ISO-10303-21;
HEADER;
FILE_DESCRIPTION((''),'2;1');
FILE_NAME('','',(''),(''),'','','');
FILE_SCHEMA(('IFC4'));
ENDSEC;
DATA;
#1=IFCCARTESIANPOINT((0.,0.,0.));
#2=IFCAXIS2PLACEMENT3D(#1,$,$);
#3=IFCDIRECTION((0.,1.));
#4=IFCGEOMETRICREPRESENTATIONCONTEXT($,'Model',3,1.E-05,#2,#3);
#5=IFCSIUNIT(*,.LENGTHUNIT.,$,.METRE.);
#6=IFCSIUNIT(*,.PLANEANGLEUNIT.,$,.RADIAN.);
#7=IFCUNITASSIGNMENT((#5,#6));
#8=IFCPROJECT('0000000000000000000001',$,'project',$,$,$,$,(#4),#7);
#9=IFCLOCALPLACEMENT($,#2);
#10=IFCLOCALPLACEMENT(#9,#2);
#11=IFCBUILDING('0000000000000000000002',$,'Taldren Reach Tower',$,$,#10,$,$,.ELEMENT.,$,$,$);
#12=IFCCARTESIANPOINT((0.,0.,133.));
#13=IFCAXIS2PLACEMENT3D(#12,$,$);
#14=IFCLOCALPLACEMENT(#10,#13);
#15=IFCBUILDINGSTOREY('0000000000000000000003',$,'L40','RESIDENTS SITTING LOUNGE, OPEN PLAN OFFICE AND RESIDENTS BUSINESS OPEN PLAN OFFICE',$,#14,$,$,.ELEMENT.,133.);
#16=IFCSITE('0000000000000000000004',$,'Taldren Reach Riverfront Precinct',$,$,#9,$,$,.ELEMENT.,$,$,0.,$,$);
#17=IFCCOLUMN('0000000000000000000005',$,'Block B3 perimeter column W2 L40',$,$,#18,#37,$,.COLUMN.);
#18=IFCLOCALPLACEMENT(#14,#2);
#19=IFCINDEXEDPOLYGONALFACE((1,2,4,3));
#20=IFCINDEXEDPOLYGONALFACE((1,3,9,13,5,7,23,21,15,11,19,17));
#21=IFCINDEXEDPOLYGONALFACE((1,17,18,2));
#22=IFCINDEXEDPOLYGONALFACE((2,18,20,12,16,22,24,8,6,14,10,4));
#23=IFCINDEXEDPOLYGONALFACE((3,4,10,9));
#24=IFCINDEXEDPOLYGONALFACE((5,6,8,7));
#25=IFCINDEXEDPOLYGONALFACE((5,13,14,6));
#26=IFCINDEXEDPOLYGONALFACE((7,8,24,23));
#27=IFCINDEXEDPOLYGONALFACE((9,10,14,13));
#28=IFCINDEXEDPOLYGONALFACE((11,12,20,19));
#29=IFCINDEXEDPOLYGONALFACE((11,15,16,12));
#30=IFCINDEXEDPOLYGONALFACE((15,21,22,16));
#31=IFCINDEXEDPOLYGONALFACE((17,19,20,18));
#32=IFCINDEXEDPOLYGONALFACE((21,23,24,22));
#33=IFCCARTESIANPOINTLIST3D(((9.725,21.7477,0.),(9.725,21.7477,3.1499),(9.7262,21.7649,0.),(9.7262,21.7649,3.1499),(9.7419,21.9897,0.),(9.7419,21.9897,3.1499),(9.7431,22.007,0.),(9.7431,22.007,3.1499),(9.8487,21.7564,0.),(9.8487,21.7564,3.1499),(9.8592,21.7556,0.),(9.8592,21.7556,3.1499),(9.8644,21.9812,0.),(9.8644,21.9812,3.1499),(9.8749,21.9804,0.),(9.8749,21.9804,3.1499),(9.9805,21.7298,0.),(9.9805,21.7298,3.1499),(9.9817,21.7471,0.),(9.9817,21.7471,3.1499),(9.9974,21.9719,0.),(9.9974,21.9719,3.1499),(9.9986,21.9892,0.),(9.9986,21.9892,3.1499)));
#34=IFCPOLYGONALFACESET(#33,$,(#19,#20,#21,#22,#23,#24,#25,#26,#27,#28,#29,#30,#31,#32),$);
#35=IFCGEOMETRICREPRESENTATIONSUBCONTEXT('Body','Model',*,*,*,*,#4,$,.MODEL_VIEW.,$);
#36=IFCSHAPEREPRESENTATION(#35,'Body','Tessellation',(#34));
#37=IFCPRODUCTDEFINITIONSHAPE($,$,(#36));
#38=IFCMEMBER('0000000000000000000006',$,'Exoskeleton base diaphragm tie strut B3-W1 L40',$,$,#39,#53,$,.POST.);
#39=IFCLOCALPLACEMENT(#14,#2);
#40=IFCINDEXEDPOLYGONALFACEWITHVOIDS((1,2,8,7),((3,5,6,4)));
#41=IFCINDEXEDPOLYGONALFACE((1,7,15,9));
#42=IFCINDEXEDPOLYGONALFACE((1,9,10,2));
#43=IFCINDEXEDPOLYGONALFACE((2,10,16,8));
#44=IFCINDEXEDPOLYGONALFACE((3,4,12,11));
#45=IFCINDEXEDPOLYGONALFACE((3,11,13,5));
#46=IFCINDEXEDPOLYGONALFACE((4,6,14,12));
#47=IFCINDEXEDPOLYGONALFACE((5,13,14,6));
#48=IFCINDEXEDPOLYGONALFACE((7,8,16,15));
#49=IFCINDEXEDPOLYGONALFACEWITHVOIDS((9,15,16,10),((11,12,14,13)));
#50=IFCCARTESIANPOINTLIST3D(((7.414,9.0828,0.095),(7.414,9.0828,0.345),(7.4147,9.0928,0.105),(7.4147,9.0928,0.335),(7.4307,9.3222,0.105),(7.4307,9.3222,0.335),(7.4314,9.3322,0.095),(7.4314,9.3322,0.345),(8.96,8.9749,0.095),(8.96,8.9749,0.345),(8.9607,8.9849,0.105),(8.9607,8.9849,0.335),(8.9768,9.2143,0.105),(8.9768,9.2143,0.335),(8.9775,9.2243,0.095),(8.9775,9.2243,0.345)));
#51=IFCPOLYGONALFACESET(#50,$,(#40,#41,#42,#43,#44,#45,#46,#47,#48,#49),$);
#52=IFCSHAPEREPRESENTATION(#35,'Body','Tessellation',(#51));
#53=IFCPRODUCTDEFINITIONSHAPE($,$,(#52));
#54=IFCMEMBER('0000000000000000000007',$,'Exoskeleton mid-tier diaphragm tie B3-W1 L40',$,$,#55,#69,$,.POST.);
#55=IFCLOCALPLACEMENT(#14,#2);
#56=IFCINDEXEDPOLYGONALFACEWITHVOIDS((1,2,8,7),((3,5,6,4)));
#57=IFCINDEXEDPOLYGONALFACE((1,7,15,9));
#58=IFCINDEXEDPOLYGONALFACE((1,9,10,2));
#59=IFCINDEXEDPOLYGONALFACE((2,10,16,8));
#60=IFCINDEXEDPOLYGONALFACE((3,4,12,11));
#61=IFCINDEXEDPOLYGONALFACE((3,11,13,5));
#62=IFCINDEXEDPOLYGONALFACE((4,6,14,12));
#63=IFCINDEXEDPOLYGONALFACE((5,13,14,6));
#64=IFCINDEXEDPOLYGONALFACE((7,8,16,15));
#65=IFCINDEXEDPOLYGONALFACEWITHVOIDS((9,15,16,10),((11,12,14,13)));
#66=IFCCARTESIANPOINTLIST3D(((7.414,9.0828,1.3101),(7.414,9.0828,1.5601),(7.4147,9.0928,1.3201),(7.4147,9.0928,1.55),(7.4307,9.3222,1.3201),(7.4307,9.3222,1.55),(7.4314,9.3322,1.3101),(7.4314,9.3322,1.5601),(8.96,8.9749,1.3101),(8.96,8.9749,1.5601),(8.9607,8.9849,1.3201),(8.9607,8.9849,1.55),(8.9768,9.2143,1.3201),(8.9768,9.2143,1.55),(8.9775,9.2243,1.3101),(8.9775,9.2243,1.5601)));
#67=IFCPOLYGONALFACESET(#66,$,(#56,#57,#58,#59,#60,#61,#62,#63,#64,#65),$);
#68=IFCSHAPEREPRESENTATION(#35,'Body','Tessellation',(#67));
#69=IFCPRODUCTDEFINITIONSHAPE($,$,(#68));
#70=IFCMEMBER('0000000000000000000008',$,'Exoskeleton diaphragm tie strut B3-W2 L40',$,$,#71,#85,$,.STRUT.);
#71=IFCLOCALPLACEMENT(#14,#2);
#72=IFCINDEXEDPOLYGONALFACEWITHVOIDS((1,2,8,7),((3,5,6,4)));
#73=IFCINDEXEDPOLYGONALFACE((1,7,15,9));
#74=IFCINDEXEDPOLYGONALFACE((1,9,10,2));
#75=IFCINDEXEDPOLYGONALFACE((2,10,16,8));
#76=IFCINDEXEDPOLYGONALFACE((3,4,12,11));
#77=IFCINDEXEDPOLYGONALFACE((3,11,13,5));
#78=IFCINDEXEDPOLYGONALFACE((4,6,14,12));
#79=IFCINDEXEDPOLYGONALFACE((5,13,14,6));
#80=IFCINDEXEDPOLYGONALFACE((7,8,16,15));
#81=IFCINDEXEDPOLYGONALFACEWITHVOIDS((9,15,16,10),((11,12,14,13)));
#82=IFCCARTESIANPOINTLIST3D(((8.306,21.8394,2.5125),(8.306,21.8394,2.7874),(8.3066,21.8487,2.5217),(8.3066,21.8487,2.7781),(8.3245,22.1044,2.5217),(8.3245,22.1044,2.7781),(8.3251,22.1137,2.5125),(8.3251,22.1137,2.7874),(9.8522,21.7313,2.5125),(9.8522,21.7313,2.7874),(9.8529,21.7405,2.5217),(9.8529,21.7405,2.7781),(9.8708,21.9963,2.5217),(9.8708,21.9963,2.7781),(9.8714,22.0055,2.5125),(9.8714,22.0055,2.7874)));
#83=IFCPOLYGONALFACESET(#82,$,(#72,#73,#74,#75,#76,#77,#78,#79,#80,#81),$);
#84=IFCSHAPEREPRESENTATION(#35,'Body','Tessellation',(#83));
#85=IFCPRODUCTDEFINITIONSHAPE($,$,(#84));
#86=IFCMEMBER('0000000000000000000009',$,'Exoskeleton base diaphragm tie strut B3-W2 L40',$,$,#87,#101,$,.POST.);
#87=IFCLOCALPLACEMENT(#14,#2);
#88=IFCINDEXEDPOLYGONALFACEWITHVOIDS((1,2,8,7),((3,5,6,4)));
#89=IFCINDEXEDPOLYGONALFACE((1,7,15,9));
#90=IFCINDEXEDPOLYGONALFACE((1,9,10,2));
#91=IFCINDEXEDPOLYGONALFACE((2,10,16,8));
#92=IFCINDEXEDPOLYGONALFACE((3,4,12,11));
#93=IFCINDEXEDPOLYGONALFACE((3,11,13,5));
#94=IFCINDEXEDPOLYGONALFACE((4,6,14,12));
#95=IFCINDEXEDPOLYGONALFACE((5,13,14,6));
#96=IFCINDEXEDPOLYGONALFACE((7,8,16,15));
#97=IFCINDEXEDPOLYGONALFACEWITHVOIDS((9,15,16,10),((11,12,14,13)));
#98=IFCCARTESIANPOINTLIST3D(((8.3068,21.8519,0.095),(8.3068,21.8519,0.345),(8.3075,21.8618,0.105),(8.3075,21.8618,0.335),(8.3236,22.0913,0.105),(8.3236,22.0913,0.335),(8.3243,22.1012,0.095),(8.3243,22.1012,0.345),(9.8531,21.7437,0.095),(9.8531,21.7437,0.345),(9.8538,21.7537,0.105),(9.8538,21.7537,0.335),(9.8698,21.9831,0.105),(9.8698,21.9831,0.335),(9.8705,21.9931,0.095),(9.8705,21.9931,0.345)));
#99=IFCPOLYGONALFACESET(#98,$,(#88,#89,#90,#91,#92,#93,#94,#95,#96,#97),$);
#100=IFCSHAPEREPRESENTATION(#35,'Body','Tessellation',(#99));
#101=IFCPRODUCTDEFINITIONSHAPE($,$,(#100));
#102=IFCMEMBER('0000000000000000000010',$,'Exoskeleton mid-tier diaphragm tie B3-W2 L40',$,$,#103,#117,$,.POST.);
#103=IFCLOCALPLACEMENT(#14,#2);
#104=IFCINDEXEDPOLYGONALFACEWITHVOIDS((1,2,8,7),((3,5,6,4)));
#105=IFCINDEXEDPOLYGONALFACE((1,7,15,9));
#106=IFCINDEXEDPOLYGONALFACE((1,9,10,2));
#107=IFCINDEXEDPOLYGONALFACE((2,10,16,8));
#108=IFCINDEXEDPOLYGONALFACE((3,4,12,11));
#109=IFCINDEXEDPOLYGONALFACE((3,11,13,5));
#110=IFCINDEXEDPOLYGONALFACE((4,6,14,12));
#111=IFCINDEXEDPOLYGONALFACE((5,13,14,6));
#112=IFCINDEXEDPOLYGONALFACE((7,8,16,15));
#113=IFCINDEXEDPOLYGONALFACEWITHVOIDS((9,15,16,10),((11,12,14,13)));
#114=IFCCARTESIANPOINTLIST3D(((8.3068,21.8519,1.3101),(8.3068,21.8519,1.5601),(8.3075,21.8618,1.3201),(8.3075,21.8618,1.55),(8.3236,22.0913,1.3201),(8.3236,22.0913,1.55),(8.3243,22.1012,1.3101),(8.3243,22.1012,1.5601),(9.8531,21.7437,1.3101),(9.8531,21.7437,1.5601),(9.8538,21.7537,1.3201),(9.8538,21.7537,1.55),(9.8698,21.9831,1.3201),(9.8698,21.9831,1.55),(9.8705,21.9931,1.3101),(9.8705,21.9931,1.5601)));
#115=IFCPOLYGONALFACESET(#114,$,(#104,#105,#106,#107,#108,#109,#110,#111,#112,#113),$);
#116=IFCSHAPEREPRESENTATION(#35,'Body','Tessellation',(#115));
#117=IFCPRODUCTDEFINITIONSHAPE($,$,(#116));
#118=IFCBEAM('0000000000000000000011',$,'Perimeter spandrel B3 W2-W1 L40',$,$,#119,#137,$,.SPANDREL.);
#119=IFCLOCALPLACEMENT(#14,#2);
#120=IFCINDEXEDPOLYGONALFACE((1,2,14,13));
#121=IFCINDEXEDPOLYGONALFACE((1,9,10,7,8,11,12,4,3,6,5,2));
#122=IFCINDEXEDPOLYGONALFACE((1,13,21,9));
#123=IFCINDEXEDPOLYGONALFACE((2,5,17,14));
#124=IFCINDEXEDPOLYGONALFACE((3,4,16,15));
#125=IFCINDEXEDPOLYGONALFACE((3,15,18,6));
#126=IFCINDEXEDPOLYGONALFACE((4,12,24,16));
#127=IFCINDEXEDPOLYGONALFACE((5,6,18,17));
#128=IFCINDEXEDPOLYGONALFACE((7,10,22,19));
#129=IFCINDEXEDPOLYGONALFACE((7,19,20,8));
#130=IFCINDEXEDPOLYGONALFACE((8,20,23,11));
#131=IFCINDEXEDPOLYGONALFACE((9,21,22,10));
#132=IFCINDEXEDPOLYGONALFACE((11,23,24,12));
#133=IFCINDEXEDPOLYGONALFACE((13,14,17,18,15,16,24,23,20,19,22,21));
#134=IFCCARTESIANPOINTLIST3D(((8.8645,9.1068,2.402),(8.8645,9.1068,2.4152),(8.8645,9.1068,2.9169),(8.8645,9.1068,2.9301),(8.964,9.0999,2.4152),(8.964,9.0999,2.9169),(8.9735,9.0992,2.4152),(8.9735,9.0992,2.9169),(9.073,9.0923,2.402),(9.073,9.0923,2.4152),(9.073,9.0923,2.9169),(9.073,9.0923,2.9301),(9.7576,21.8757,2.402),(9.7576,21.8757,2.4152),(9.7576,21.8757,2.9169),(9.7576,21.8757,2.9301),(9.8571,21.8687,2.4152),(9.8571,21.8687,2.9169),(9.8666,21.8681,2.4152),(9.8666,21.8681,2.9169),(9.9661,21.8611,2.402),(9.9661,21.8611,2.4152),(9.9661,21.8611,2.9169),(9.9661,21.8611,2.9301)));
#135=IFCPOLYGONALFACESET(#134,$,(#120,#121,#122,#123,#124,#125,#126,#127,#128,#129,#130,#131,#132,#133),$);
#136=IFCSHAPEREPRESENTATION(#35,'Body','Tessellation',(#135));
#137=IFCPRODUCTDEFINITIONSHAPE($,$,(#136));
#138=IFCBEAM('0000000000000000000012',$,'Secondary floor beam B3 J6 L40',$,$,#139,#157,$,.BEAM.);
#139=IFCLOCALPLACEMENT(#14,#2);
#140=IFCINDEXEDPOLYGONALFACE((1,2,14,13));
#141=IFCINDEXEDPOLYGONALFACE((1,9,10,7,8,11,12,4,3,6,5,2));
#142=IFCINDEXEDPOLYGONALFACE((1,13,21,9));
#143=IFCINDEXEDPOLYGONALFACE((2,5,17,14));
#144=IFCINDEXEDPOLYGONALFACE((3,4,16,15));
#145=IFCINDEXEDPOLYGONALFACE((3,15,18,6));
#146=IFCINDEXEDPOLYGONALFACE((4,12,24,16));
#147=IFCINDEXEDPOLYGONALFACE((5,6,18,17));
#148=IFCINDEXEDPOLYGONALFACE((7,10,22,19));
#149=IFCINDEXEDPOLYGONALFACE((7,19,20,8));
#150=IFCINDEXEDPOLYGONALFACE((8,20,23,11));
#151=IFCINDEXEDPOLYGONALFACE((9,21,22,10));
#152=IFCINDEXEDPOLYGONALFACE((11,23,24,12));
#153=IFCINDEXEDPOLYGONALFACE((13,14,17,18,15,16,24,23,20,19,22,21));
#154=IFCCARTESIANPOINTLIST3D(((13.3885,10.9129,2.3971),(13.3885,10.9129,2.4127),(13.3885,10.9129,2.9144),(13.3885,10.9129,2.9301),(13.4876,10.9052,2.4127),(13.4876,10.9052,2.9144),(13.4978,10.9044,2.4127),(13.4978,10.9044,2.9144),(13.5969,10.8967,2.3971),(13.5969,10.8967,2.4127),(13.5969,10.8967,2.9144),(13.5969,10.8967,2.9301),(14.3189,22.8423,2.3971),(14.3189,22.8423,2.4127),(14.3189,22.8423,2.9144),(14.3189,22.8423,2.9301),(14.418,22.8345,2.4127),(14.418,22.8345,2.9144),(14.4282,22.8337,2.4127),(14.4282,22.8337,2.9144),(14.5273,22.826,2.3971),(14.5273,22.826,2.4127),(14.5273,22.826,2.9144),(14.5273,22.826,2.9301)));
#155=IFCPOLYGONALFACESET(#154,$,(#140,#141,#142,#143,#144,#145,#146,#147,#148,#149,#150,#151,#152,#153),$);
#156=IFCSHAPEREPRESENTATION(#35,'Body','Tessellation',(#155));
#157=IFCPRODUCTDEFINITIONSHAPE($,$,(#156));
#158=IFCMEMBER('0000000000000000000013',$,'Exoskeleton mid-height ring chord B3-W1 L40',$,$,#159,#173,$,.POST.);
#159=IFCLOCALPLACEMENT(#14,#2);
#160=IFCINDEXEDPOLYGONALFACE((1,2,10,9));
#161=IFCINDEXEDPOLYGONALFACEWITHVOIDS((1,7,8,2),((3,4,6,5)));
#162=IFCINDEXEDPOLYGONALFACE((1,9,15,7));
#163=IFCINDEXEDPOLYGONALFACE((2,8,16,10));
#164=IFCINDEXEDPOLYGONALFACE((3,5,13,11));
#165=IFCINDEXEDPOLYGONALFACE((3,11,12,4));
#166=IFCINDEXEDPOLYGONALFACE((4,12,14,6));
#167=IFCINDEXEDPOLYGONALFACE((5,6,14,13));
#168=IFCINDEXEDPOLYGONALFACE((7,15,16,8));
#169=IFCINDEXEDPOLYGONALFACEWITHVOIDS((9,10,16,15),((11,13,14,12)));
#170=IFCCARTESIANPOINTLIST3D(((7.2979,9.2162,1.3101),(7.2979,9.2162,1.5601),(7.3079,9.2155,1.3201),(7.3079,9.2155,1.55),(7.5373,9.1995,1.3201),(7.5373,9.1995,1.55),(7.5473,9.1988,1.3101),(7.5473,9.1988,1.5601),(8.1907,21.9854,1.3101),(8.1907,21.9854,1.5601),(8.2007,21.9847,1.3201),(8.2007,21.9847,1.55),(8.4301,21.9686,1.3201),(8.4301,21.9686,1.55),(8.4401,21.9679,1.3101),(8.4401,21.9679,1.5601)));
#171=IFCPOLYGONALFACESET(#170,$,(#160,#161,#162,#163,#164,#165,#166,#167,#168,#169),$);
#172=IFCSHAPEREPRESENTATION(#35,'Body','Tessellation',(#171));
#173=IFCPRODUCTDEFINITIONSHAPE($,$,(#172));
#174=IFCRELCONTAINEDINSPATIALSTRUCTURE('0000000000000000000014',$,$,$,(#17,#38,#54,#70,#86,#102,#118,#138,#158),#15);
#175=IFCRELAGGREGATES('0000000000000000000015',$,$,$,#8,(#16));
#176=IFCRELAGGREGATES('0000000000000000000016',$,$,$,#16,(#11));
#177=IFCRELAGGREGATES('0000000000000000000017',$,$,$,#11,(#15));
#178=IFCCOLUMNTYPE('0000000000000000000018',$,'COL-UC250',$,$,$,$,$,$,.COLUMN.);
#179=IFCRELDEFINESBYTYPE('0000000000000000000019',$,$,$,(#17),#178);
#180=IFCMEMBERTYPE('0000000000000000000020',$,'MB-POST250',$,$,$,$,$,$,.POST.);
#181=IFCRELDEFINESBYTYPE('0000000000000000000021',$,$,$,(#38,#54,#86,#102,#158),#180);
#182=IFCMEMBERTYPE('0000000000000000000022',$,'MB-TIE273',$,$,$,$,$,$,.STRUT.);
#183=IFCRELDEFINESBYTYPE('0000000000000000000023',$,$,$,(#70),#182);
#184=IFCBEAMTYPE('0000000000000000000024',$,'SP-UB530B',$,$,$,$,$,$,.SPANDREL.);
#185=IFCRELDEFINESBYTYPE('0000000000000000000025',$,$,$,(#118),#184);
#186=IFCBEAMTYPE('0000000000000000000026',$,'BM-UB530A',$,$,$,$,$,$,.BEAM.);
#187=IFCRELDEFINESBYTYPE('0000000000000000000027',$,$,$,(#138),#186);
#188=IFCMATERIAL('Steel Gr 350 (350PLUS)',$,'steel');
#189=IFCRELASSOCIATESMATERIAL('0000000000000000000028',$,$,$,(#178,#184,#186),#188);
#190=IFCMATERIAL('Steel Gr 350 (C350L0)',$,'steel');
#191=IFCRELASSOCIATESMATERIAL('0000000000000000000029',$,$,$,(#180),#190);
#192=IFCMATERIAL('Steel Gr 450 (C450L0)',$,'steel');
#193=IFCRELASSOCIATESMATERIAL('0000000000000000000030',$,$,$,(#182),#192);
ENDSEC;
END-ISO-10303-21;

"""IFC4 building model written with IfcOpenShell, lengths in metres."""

from ifc_helpers import new_model, si_unit, direction, frame, origin, origin_2d, place, context, subcontext, project, spatial, hollow_rectangle, i_section, extrude, source, transform, mapped, material, material_profile, profile_set, type_object, element, save


model = new_model("IFC4")

# Units and contexts
model_context = context("Model", 3, precision=1e-05, world=origin(), true_north=direction((0.0, 1.0)))
body_context = subcontext(model_context, "Body", "Model", "MODEL_VIEW")
ifc_project = project(units=[si_unit("LENGTHUNIT", "METRE"), si_unit("PLANEANGLEUNIT", "RADIAN")], contexts=[model_context])

# Site, building, storey
site_placement = place(None, origin())
site = spatial("IfcSite", under=ifc_project, at=site_placement, Name="Taldren Reach Riverfront Precinct", CompositionType="ELEMENT", RefElevation=0.0)
building_placement = place(site_placement, origin())
building = spatial("IfcBuilding", under=site, at=building_placement, Name="Taldren Reach Tower", CompositionType="ELEMENT")
storey_placement = place(building_placement, frame((0.0, 0.0, 133.0)))
storey = spatial("IfcBuildingStorey", under=building, at=storey_placement, Name="L40", Description="RESIDENTS SITTING LOUNGE, OPEN PLAN OFFICE AND RESIDENTS BUSINESS OPEN PLAN OFFICE", CompositionType="ELEMENT", Elevation=133.0)

# Column
ifc_material_1 = material(Name="Steel Gr 350 (350PLUS)", Category="steel")
ifc_material_profile_1 = material_profile(ifc_material_1, i_section(OverallWidth=0.2561, OverallDepth=0.26, WebThickness=0.0105, FlangeThickness=0.0173, at=origin_2d()), Name="250UC89.5")
ifc_profile_set_1 = profile_set([ifc_material_profile_1], Name="Steel Gr 350 (350PLUS)")
column_type = type_object("IfcColumnType", Name="COL-UC250", PredefinedType="COLUMN", material=ifc_profile_set_1)
shared_shape_1 = source(origin(), body_context, "Body", "SweptSolid", [
    extrude(i_section(OverallWidth=0.2561, OverallDepth=0.26, WebThickness=0.0105, FlangeThickness=0.0173, at=origin_2d()), origin(), (0.0, 0.0, 1.0), 3.1499),
])
column_placement = place(storey_placement, frame((9.8618, 21.8684, 0.0), z_axis=(0.0, 0.0, 1.0), x_axis=(0.997564, -0.069756, 0.0)))
element("IfcColumn", 1, at=column_placement, inside=storey, type_object=column_type, Name="Block B3 perimeter column W2 L40", PredefinedType="COLUMN", context=body_context, shape_type="MappedRepresentation", body=[
    mapped(shared_shape_1, transform((0.0, 0.0, 0.0), scale=1.0)),
])

# Members
ifc_material_2 = material(Name="Steel Gr 350 (C350L0)", Category="steel")
ifc_material_profile_2 = material_profile(ifc_material_2, hollow_rectangle(XDim=0.25, YDim=0.25, WallThickness=0.01, at=origin_2d()), Name="250x250x10.0SHS")
ifc_profile_set_2 = profile_set([ifc_material_profile_2], Name="Steel Gr 350 (C350L0)")
member_type_1 = type_object("IfcMemberType", Name="MB-POST250", PredefinedType="POST", material=ifc_profile_set_2)
shared_shape_2 = source(origin(), body_context, "Body", "SweptSolid", [
    extrude(hollow_rectangle(XDim=0.25, YDim=0.25, WallThickness=0.01, at=origin_2d()), origin(), (0.0, 0.0, 1.0), 1.5498),
])
for number, where, z_axis, x_axis, name in (
    (2, (8.9688, 9.0996, 0.22), (-0.997573, 0.069624, 0.0), (-0.069624, -0.997573, 0.0), "Exoskeleton base diaphragm tie strut B3-W1 L40"),
    (3, (8.9688, 9.0996, 1.4351), (-0.997573, 0.069624, 0.0), (-0.069624, -0.997573, 0.0), "Exoskeleton mid-tier diaphragm tie B3-W1 L40"),
):
    element("IfcMember", number, at=place(storey_placement, frame(where, z_axis=z_axis, x_axis=x_axis)), inside=storey, type_object=member_type_1, Name=name, PredefinedType="POST", context=body_context, shape_type="MappedRepresentation", body=[
        mapped(shared_shape_2, transform((0.0, 0.0, 0.0), scale=1.0)),
    ])
ifc_material_3 = material(Name="Steel Gr 450 (C450L0)", Category="steel")
ifc_material_profile_3 = material_profile(ifc_material_3, hollow_rectangle(XDim=0.2749, YDim=0.2749, WallThickness=0.0093, at=origin_2d()), Name="275x275x9.3SHS")
ifc_profile_set_3 = profile_set([ifc_material_profile_3], Name="Steel Gr 450 (C450L0)")
member_type_2 = type_object("IfcMemberType", Name="MB-TIE273", PredefinedType="STRUT", material=ifc_profile_set_3)
shared_shape_3 = source(origin(), body_context, "Body", "SweptSolid", [
    extrude(hollow_rectangle(XDim=0.2749, YDim=0.2749, WallThickness=0.0093, at=origin_2d()), origin(), (0.0, 0.0, 1.0), 1.55),
])
member_1_placement = place(storey_placement, frame((9.8618, 21.8684, 2.6499), z_axis=(-0.997563, 0.06977, 0.0), x_axis=(-0.06977, -0.997563, 0.0)))
element("IfcMember", 4, at=member_1_placement, inside=storey, type_object=member_type_2, Name="Exoskeleton diaphragm tie strut B3-W2 L40", PredefinedType="STRUT", context=body_context, shape_type="MappedRepresentation", body=[
    mapped(shared_shape_3, transform((0.0, 0.0, 0.0), scale=1.0)),
])
shared_shape_4 = source(origin(), body_context, "Body", "SweptSolid", [
    extrude(hollow_rectangle(XDim=0.25, YDim=0.25, WallThickness=0.01, at=origin_2d()), origin(), (0.0, 0.0, 1.0), 1.55),
])
for number, where, z_axis, x_axis, name in (
    (5, (9.8618, 21.8684, 0.22), (-0.997563, 0.06977, 0.0), (-0.06977, -0.997563, 0.0), "Exoskeleton base diaphragm tie strut B3-W2 L40"),
    (6, (9.8618, 21.8684, 1.4351), (-0.997563, 0.06977, 0.0), (-0.06977, -0.997563, 0.0), "Exoskeleton mid-tier diaphragm tie B3-W2 L40"),
):
    element("IfcMember", number, at=place(storey_placement, frame(where, z_axis=z_axis, x_axis=x_axis)), inside=storey, type_object=member_type_1, Name=name, PredefinedType="POST", context=body_context, shape_type="MappedRepresentation", body=[
        mapped(shared_shape_4, transform((0.0, 0.0, 0.0), scale=1.0)),
    ])

# Beams
ifc_material_profile_4 = material_profile(ifc_material_1, i_section(OverallWidth=0.209, OverallDepth=0.5281, WebThickness=0.0095, FlangeThickness=0.0132, at=origin_2d()), Name="530UB82.0")
ifc_profile_set_4 = profile_set([ifc_material_profile_4], Name="Steel Gr 350 (350PLUS)")
beam_type_1 = type_object("IfcBeamType", Name="SP-UB530B", PredefinedType="SPANDREL", material=ifc_profile_set_4)
shared_shape_5 = source(origin(), body_context, "Body", "SweptSolid", [
    extrude(i_section(OverallWidth=0.209, OverallDepth=0.5281, WebThickness=0.0095, FlangeThickness=0.0132, at=origin_2d()), origin(), (0.0, 0.0, 1.0), 12.8),
])
beam_1_placement = place(storey_placement, frame((9.8618, 21.8684, 2.666), z_axis=(-0.069771, -0.997563, 0.0), x_axis=(0.997563, -0.069771, 0.0)))
element("IfcBeam", 7, at=beam_1_placement, inside=storey, type_object=beam_type_1, Name="Perimeter spandrel B3 W2-W1 L40", PredefinedType="SPANDREL", context=body_context, shape_type="MappedRepresentation", body=[
    mapped(shared_shape_5, transform((0.0, 0.0, 0.0), scale=1.0)),
])
ifc_material_profile_5 = material_profile(ifc_material_1, i_section(OverallWidth=0.209, OverallDepth=0.533, WebThickness=0.0103, FlangeThickness=0.0156, at=origin_2d()), Name="530UB92.4")
ifc_profile_set_5 = profile_set([ifc_material_profile_5], Name="Steel Gr 350 (350PLUS)")
beam_type_2 = type_object("IfcBeamType", Name="BM-UB530A", PredefinedType="BEAM", material=ifc_profile_set_5)
shared_shape_6 = source(origin(), body_context, "Body", "SweptSolid", [
    extrude(i_section(OverallWidth=0.209, OverallDepth=0.533, WebThickness=0.0103, FlangeThickness=0.0156, at=origin_2d()), origin(), (0.0, 0.0, 1.0), 11.9656),
])
beam_2_placement = place(storey_placement, frame((13.4927, 10.9048, 2.6636), z_axis=(0.077757, 0.996972, 0.0), x_axis=(-0.996972, 0.077757, 0.0)))
element("IfcBeam", 8, at=beam_2_placement, inside=storey, type_object=beam_type_2, Name="Secondary floor beam B3 J6 L40", PredefinedType="BEAM", context=body_context, shape_type="MappedRepresentation", body=[
    mapped(shared_shape_6, transform((0.0, 0.0, 0.0), scale=1.0)),
])

# Member
shared_shape_7 = source(origin(), body_context, "Body", "SweptSolid", [
    extrude(hollow_rectangle(XDim=0.25, YDim=0.25, WallThickness=0.01, at=origin_2d()), origin(), (0.0, 0.0, 1.0), 12.8003),
])
member_2_placement = place(storey_placement, frame((7.4226, 9.2075, 1.4351), z_axis=(0.069751, 0.997564, 0.0), x_axis=(-0.997564, 0.069751, 0.0)))
element("IfcMember", 9, at=member_2_placement, inside=storey, type_object=member_type_1, Name="Exoskeleton mid-height ring chord B3-W1 L40", PredefinedType="POST", context=body_context, shape_type="MappedRepresentation", body=[
    mapped(shared_shape_7, transform((0.0, 0.0, 0.0), scale=1.0)),
])

save(model, "model.ifc")
